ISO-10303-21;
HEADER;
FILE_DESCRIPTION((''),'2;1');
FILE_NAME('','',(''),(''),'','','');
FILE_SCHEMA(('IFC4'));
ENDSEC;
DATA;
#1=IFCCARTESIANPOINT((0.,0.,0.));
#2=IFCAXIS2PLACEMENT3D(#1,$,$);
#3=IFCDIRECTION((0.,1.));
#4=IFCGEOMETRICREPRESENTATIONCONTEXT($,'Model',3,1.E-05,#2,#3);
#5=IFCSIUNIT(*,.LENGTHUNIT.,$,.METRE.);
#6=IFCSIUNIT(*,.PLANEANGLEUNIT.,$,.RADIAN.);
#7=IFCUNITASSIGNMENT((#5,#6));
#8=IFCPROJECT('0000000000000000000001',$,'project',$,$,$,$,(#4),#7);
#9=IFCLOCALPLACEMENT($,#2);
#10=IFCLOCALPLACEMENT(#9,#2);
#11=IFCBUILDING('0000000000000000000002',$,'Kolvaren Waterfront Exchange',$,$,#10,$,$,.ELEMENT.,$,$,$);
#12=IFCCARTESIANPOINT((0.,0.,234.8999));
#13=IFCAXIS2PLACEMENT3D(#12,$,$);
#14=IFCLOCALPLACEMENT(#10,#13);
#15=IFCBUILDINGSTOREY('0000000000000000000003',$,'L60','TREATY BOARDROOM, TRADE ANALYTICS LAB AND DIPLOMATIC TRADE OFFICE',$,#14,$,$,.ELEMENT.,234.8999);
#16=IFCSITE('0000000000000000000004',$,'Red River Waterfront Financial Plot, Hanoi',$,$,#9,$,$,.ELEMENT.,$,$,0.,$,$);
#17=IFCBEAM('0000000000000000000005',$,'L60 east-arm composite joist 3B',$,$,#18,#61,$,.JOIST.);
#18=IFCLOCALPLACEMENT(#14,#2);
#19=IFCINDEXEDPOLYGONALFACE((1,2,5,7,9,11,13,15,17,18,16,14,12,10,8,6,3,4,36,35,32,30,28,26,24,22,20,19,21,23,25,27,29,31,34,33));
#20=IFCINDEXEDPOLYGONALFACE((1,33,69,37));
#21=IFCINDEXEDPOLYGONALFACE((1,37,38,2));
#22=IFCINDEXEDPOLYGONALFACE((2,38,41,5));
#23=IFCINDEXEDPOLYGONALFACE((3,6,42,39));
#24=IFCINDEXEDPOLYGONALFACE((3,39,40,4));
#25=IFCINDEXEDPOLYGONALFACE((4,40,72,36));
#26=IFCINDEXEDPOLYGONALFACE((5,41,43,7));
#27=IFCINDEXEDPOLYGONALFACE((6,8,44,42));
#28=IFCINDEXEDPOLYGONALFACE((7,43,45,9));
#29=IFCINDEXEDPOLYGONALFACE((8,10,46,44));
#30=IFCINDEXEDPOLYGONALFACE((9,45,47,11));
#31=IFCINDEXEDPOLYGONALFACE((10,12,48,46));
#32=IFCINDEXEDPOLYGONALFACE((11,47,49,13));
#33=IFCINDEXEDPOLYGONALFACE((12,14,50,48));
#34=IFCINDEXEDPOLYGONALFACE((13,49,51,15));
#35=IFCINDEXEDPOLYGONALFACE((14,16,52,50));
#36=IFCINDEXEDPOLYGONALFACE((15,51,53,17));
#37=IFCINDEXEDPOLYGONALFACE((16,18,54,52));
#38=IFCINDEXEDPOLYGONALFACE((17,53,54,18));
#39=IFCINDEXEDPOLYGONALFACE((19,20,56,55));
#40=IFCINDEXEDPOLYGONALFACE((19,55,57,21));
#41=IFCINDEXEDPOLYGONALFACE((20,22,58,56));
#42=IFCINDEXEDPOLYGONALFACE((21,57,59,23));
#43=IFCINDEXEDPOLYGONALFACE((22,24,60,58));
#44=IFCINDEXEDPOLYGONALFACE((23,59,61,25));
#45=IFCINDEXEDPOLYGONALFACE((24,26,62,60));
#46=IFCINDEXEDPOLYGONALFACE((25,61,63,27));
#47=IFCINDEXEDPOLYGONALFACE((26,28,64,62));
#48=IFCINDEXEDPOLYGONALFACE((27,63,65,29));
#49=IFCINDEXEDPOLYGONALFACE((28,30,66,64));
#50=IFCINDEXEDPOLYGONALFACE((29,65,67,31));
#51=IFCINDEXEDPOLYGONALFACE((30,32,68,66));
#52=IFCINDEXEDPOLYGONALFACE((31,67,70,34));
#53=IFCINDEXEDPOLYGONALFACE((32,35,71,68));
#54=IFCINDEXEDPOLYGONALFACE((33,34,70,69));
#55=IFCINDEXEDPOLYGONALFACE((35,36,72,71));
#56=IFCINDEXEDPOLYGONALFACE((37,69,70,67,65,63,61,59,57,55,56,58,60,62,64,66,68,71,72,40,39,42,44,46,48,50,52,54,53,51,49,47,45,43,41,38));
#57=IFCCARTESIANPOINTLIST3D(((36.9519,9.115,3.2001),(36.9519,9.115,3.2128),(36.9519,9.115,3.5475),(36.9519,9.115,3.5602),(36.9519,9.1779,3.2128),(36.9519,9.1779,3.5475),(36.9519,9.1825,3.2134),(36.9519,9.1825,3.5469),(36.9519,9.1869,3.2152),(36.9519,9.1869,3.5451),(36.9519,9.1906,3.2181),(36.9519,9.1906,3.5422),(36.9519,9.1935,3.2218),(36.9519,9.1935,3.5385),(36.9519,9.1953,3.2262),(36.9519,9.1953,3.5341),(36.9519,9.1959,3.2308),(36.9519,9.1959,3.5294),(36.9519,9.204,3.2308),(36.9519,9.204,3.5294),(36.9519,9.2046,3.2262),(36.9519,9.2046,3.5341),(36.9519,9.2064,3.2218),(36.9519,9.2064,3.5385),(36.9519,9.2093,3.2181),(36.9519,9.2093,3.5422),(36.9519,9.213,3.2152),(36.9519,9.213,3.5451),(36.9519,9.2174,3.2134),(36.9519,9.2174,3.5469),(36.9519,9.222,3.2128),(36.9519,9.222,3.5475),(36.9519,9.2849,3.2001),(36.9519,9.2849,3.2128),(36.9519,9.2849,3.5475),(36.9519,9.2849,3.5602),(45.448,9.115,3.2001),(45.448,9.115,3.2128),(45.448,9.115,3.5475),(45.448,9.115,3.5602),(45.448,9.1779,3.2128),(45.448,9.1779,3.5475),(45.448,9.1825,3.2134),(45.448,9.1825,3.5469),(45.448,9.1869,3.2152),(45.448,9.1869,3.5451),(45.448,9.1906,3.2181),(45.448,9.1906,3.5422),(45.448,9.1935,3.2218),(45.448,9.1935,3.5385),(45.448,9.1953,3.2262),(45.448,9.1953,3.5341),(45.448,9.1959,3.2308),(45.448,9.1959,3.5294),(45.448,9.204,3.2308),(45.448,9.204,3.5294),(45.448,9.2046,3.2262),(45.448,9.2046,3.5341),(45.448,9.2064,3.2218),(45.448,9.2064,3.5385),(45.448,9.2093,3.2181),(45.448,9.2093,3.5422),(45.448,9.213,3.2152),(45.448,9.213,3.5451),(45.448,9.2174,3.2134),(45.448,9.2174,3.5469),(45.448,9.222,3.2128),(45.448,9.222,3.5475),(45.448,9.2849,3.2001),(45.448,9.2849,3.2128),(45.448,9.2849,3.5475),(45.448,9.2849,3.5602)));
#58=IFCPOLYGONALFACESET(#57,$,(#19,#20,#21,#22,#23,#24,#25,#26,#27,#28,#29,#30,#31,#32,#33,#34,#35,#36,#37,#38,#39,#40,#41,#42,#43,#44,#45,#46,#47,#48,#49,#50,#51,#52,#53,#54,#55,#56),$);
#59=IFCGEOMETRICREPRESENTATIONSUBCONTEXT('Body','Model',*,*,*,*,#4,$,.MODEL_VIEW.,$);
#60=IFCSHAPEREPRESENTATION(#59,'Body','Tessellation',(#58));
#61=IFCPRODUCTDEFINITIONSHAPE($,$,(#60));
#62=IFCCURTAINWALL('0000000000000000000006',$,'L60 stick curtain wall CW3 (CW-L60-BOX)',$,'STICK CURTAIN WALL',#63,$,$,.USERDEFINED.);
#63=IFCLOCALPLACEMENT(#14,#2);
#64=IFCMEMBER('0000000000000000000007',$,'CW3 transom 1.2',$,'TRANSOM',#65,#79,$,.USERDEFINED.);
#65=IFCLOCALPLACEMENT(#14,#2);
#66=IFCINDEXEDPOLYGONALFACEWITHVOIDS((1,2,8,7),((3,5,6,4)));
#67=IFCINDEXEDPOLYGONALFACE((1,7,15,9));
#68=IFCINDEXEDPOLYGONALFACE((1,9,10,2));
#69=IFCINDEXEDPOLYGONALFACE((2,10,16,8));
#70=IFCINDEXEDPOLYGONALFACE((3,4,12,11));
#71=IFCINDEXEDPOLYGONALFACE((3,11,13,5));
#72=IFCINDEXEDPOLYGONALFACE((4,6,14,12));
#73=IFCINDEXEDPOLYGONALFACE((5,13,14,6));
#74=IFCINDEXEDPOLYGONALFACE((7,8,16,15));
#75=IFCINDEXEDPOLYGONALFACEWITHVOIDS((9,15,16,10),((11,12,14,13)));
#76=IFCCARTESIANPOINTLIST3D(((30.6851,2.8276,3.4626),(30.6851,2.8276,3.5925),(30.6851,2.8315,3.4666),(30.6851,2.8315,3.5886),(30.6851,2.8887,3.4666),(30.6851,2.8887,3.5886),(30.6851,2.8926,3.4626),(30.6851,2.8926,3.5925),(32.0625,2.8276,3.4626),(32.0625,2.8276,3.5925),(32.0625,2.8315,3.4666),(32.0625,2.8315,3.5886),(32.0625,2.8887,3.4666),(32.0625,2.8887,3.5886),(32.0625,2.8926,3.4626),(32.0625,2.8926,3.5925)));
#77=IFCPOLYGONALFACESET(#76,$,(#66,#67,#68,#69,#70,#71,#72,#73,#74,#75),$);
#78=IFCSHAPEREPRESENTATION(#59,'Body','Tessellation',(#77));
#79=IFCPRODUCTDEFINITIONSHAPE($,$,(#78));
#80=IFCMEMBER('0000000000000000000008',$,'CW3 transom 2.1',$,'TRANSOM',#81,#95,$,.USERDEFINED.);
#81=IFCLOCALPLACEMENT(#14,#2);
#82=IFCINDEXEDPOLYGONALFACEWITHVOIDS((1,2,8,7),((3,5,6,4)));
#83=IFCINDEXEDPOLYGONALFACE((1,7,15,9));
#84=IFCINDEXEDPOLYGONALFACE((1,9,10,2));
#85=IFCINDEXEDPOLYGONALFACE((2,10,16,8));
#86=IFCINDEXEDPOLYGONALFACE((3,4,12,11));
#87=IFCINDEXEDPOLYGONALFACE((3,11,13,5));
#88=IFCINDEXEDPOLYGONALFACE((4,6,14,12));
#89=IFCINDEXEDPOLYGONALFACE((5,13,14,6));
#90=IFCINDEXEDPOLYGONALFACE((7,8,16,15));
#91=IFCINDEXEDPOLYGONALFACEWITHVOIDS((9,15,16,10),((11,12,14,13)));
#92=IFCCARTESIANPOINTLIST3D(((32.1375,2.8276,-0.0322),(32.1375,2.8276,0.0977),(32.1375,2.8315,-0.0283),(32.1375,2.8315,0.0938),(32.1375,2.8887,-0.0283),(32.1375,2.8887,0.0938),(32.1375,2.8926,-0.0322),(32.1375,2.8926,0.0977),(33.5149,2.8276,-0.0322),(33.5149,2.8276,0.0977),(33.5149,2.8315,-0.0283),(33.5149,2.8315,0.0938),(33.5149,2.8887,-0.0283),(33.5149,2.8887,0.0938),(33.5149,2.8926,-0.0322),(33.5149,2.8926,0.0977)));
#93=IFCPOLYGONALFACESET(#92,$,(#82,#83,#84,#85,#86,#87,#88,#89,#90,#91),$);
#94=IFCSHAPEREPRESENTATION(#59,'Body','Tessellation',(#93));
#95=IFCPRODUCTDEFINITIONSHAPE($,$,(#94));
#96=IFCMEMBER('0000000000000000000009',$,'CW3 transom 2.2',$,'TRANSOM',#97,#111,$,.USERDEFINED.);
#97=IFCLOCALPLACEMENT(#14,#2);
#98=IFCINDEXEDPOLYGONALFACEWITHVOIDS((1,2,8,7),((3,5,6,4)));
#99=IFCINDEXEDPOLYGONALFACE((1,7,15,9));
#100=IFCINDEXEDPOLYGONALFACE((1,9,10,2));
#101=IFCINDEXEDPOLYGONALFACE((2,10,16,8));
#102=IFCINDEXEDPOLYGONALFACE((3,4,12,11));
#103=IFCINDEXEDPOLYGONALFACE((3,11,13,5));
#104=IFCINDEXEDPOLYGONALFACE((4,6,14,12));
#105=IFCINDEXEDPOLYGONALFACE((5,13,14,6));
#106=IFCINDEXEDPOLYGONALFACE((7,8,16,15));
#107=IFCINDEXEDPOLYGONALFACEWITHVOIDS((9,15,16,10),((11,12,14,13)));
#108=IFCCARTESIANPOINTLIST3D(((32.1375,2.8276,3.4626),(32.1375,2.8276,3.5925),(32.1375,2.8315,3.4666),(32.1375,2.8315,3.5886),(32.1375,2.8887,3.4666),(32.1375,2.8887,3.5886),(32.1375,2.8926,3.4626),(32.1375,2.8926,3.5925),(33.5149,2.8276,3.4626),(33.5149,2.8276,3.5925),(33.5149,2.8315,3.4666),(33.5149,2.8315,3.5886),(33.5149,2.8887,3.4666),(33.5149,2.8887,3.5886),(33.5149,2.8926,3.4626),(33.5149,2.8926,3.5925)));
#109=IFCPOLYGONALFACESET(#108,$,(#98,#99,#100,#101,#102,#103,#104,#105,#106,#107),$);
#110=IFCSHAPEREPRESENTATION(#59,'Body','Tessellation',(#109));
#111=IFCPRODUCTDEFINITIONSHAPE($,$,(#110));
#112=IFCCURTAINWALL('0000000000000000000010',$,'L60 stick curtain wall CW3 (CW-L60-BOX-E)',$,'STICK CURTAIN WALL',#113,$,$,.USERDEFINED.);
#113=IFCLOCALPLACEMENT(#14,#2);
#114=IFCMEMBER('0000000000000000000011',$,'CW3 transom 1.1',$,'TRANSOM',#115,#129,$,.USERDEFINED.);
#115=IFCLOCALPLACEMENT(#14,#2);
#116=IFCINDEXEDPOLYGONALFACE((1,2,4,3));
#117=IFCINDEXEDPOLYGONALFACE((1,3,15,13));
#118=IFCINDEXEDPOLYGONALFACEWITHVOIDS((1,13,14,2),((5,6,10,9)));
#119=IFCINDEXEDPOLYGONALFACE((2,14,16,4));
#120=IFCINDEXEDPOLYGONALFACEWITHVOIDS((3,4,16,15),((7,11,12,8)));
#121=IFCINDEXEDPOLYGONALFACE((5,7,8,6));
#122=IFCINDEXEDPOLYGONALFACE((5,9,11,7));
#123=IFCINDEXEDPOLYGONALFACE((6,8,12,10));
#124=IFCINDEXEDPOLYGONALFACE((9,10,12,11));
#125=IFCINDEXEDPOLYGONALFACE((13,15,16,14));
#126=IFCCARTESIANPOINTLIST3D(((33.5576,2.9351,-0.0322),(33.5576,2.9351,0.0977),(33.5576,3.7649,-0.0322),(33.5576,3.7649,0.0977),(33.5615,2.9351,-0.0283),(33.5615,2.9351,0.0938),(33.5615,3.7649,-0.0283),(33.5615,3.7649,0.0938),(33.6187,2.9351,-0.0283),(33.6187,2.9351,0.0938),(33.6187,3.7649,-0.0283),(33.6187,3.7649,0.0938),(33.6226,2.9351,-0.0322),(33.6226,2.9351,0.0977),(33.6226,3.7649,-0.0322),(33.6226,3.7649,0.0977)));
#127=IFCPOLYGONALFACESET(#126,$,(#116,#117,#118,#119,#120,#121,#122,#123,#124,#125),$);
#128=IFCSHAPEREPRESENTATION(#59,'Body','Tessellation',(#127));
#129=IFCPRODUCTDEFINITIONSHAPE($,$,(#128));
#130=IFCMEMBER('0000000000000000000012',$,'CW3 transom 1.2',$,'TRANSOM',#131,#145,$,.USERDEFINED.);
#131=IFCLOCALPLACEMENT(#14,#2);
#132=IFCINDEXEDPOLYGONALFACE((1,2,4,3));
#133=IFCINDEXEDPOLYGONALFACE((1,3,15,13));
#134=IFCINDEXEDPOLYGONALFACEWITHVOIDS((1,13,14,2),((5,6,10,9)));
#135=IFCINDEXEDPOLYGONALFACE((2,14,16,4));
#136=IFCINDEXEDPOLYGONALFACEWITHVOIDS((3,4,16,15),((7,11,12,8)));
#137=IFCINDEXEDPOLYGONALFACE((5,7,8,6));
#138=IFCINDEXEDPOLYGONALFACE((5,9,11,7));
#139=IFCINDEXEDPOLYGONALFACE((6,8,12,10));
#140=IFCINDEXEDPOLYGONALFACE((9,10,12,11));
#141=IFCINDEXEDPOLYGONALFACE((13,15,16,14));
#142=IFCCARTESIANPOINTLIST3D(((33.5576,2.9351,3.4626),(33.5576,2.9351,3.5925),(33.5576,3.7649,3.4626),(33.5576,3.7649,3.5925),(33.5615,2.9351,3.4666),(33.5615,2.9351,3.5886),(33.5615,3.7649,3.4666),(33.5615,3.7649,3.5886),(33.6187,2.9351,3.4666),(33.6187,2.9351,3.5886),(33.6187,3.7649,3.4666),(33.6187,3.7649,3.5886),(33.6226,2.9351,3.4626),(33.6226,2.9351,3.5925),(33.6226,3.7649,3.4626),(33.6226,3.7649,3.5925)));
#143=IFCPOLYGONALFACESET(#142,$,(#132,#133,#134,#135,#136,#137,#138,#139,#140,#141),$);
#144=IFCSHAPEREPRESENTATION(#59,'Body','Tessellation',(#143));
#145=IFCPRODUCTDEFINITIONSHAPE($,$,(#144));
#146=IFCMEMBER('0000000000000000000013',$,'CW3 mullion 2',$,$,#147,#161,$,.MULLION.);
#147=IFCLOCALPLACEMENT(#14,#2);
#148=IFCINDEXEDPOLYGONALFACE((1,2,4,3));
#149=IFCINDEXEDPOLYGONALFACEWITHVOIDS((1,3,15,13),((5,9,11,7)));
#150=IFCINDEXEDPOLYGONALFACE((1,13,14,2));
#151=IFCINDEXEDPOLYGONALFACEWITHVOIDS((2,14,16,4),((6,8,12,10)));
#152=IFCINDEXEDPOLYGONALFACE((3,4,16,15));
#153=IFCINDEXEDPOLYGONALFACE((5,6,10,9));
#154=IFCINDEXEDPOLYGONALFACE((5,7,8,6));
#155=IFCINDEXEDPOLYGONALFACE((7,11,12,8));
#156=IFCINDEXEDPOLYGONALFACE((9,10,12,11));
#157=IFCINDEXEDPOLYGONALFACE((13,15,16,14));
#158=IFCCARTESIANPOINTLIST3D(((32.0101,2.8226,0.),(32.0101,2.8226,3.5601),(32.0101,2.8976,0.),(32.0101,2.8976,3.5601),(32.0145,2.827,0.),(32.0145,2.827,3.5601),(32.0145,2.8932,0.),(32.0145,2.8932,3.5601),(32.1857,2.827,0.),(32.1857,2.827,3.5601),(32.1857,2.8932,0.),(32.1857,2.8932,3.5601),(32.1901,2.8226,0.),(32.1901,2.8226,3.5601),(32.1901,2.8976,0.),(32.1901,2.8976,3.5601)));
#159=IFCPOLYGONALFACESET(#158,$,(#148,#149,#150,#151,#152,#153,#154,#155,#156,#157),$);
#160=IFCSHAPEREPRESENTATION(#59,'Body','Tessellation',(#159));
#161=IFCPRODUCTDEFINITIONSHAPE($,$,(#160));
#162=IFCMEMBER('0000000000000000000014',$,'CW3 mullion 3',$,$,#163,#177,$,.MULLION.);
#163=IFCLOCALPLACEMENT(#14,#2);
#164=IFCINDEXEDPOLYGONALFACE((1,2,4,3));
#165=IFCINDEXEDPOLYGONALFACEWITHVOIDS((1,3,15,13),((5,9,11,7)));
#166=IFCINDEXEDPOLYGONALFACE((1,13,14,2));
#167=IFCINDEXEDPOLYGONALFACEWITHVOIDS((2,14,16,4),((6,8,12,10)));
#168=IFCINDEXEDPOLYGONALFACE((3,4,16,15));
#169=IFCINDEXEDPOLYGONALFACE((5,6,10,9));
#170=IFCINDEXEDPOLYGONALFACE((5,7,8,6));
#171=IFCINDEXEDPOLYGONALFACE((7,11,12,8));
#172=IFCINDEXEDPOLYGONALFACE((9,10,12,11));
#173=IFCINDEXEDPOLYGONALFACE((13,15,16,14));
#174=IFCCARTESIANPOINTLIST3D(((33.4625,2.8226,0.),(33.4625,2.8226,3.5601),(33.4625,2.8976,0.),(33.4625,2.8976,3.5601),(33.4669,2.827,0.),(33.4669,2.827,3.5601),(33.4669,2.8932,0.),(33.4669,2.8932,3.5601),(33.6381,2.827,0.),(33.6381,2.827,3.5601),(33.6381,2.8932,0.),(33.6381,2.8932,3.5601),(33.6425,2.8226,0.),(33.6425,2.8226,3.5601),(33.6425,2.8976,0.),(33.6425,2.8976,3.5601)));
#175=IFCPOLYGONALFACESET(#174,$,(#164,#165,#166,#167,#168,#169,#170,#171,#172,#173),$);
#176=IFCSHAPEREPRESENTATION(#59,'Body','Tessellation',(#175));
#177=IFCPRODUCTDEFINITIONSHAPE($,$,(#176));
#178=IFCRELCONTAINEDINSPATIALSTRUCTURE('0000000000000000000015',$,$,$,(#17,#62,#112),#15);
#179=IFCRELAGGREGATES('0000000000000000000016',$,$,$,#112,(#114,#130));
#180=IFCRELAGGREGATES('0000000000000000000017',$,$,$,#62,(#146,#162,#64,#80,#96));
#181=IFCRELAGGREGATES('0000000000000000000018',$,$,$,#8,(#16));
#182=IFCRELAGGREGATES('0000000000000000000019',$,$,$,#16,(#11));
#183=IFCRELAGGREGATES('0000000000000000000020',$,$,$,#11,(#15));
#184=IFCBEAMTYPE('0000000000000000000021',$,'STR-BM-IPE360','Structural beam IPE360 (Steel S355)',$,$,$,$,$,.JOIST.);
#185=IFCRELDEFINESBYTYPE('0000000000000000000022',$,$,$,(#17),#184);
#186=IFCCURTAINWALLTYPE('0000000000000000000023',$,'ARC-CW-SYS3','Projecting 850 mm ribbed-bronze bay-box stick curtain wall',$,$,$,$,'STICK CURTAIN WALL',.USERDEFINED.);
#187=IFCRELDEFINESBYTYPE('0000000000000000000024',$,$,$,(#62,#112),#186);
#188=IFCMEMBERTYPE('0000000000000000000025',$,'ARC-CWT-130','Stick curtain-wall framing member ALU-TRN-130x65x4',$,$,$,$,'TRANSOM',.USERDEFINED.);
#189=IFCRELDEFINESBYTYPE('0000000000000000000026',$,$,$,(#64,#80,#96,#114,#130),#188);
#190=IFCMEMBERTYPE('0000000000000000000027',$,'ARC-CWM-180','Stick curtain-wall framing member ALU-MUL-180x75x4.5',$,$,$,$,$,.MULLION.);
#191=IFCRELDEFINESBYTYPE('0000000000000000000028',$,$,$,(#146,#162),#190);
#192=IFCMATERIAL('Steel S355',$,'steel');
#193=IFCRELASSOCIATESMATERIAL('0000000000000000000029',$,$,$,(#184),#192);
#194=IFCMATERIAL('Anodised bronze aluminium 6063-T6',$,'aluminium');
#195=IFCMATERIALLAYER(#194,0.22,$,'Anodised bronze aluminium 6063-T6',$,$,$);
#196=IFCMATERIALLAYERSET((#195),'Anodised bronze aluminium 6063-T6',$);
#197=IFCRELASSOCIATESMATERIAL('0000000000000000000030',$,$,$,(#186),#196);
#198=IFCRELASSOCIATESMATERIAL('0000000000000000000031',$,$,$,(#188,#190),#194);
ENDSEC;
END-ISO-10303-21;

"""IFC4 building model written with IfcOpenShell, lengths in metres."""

from ifc_helpers import new_model, si_unit, direction, frame, origin, origin_with_axes, origin_2d, place, context, subcontext, project, spatial, hollow_rectangle, i_section, extrude, source, transform, mapped, material, layer, layer_set, material_profile, profile_set, type_object, element, aggregate, save


model = new_model("IFC4")

# Units and contexts
model_context = context("Model", 3, precision=1e-05, world=origin(), true_north=direction((0.0, 1.0)))
body_context = subcontext(model_context, "Body", "Model", "MODEL_VIEW")
ifc_project = project(units=[si_unit("LENGTHUNIT", "METRE"), si_unit("PLANEANGLEUNIT", "RADIAN")], contexts=[model_context])

# Site, building, storey
site_placement = place(None, origin())
site = spatial("IfcSite", under=ifc_project, at=site_placement, Name="Red River Waterfront Financial Plot, Hanoi", CompositionType="ELEMENT", RefElevation=0.0)
building_placement = place(site_placement, origin())
building = spatial("IfcBuilding", under=site, at=building_placement, Name="Kolvaren Waterfront Exchange", CompositionType="ELEMENT")
storey_placement = place(building_placement, frame((0.0, 0.0, 234.8999)))
storey = spatial("IfcBuildingStorey", under=building, at=storey_placement, Name="L60", Description="TREATY BOARDROOM, TRADE ANALYTICS LAB AND DIPLOMATIC TRADE OFFICE", CompositionType="ELEMENT", Elevation=234.8999)

# Beam
ifc_material_1 = material(Name="Steel S355", Category="steel")
ifc_material_profile_1 = material_profile(ifc_material_1, i_section(OverallWidth=0.1699, OverallDepth=0.3601, WebThickness=0.0081, FlangeThickness=0.0127, FilletRadius=0.0181, at=origin_2d()), Name="IPE360")
ifc_profile_set_1 = profile_set([ifc_material_profile_1], Name="Steel S355")
beam_type_1 = type_object("IfcBeamType", Name="STR-BM-IPE360", Description="Structural beam IPE360 (Steel S355)", PredefinedType="JOIST", material=ifc_profile_set_1)
beam_1_placement = place(storey_placement, frame((36.9519, 9.2, 3.3801), z_axis=(1.0, 0.0, 0.0), x_axis=(0.0, 1.0, 0.0)))
element("IfcBeam", 1, at=beam_1_placement, inside=storey, type_object=beam_type_1, Name="L60 east-arm composite joist 3B", PredefinedType="JOIST", context=body_context, shape_type="SweptSolid", body=[
    extrude(i_section(OverallWidth=0.1699, OverallDepth=0.3601, WebThickness=0.0081, FlangeThickness=0.0127, FilletRadius=0.0181, at=origin_2d()), origin(), (0.0, 0.0, 1.0), 8.4961),
])

# Curtain walls, members
ifc_material_2 = material(Name="Anodised bronze aluminium 6063-T6", Category="aluminium")
ifc_layer_1 = layer(ifc_material_2, 0.22, Name="Anodised bronze aluminium 6063-T6")
ifc_layer_set_1 = layer_set([ifc_layer_1], Name="Anodised bronze aluminium 6063-T6")
curtain_wall_type_1 = type_object("IfcCurtainWallType", Name="ARC-CW-SYS3", Description="Projecting 850 mm ribbed-bronze bay-box stick curtain wall", ElementType="STICK CURTAIN WALL", PredefinedType="USERDEFINED", material=ifc_layer_set_1)
curtain_wall_1_placement = place(storey_placement, origin())
curtain_wall_1 = element("IfcCurtainWall", 2, at=curtain_wall_1_placement, inside=storey, type_object=curtain_wall_type_1, Name="L60 stick curtain wall CW3 (CW-L60-BOX)", ObjectType="STICK CURTAIN WALL", PredefinedType="USERDEFINED")
ifc_material_profile_2 = material_profile(ifc_material_2, hollow_rectangle(XDim=0.0649, YDim=0.1299, WallThickness=0.0039, at=origin_2d()), Name="ALU-TRN-130x65x4")
ifc_profile_set_2 = profile_set([ifc_material_profile_2], Name="Anodised bronze aluminium 6063-T6")
member_type_1 = type_object("IfcMemberType", Name="ARC-CWT-130", Description="Stick curtain-wall framing member ALU-TRN-130x65x4", ElementType="TRANSOM", PredefinedType="USERDEFINED", material=ifc_profile_set_2)
shared_shape_1 = source(origin_with_axes(), body_context, "Body", "SweptSolid", [
    extrude(hollow_rectangle(XDim=0.0649, YDim=0.1299, WallThickness=0.0039, at=origin_2d()), origin(), (0.0, 0.0, 1.0), 1.3774),
])
member_1_placement = place(storey_placement, frame((30.6851, 2.8601, 3.5276), z_axis=(1.0, 0.0, 0.0), x_axis=(0.0, 1.0, 0.0)))
member_1 = element("IfcMember", 3, at=member_1_placement, type_object=member_type_1, Name="CW3 transom 1.2", ObjectType="TRANSOM", PredefinedType="USERDEFINED", context=body_context, shape_type="MappedRepresentation", body=[
    mapped(shared_shape_1, transform((0.0, 0.0, 0.0), x_axis=(1.0, 0.0, 0.0), y_axis=(0.0, 1.0, 0.0), z_axis=(0.0, 0.0, 1.0), scale=1.0)),
])
member_2_placement = place(storey_placement, frame((32.1375, 2.8601, 0.0327), z_axis=(1.0, 0.0, 0.0), x_axis=(0.0, 1.0, 0.0)))
member_2 = element("IfcMember", 4, at=member_2_placement, type_object=member_type_1, Name="CW3 transom 2.1", ObjectType="TRANSOM", PredefinedType="USERDEFINED", context=body_context, shape_type="MappedRepresentation", body=[
    mapped(shared_shape_1, transform((0.0, 0.0, 0.0), x_axis=(1.0, 0.0, 0.0), y_axis=(0.0, 1.0, 0.0), z_axis=(0.0, 0.0, 1.0), scale=1.0)),
])
member_3_placement = place(storey_placement, frame((32.1375, 2.8601, 3.5276), z_axis=(1.0, 0.0, 0.0), x_axis=(0.0, 1.0, 0.0)))
member_3 = element("IfcMember", 5, at=member_3_placement, type_object=member_type_1, Name="CW3 transom 2.2", ObjectType="TRANSOM", PredefinedType="USERDEFINED", context=body_context, shape_type="MappedRepresentation", body=[
    mapped(shared_shape_1, transform((0.0, 0.0, 0.0), x_axis=(1.0, 0.0, 0.0), y_axis=(0.0, 1.0, 0.0), z_axis=(0.0, 0.0, 1.0), scale=1.0)),
])
curtain_wall_2_placement = place(storey_placement, origin())
curtain_wall_2 = element("IfcCurtainWall", 6, at=curtain_wall_2_placement, inside=storey, type_object=curtain_wall_type_1, Name="L60 stick curtain wall CW3 (CW-L60-BOX-E)", ObjectType="STICK CURTAIN WALL", PredefinedType="USERDEFINED")
shared_shape_2 = source(origin_with_axes(), body_context, "Body", "SweptSolid", [
    extrude(hollow_rectangle(XDim=0.0649, YDim=0.1299, WallThickness=0.0039, at=origin_2d()), origin(), (0.0, 0.0, 1.0), 0.8298),
])
member_4_placement = place(storey_placement, frame((33.5901, 2.9351, 0.0327), z_axis=(0.0, 1.0, 0.0), x_axis=(-1.0, 0.0, 0.0)))
member_4 = element("IfcMember", 7, at=member_4_placement, type_object=member_type_1, Name="CW3 transom 1.1", ObjectType="TRANSOM", PredefinedType="USERDEFINED", context=body_context, shape_type="MappedRepresentation", body=[
    mapped(shared_shape_2, transform((0.0, 0.0, 0.0), x_axis=(1.0, 0.0, 0.0), y_axis=(0.0, 1.0, 0.0), z_axis=(0.0, 0.0, 1.0), scale=1.0)),
])
member_5_placement = place(storey_placement, frame((33.5901, 2.9351, 3.5276), z_axis=(0.0, 1.0, 0.0), x_axis=(-1.0, 0.0, 0.0)))
member_5 = element("IfcMember", 8, at=member_5_placement, type_object=member_type_1, Name="CW3 transom 1.2", ObjectType="TRANSOM", PredefinedType="USERDEFINED", context=body_context, shape_type="MappedRepresentation", body=[
    mapped(shared_shape_2, transform((0.0, 0.0, 0.0), x_axis=(1.0, 0.0, 0.0), y_axis=(0.0, 1.0, 0.0), z_axis=(0.0, 0.0, 1.0), scale=1.0)),
])

# Members
ifc_material_profile_3 = material_profile(ifc_material_2, hollow_rectangle(XDim=0.075, YDim=0.1799, WallThickness=0.0044, at=origin_2d()), Name="ALU-MUL-180x75x4.5")
ifc_profile_set_3 = profile_set([ifc_material_profile_3], Name="Anodised bronze aluminium 6063-T6")
member_type_2 = type_object("IfcMemberType", Name="ARC-CWM-180", Description="Stick curtain-wall framing member ALU-MUL-180x75x4.5", PredefinedType="MULLION", material=ifc_profile_set_3)
shared_shape_3 = source(origin_with_axes(), body_context, "Body", "SweptSolid", [
    extrude(hollow_rectangle(XDim=0.075, YDim=0.1799, WallThickness=0.0044, at=origin_2d()), origin(), (0.0, 0.0, 1.0), 3.5601),
])
member_6_placement = place(storey_placement, frame((32.1001, 2.8601, 0.0), z_axis=(0.0, 0.0, 1.0), x_axis=(0.0, 1.0, 0.0)))
member_6 = element("IfcMember", 9, at=member_6_placement, type_object=member_type_2, Name="CW3 mullion 2", PredefinedType="MULLION", context=body_context, shape_type="MappedRepresentation", body=[
    mapped(shared_shape_3, transform((0.0, 0.0, 0.0), x_axis=(1.0, 0.0, 0.0), y_axis=(0.0, 1.0, 0.0), z_axis=(0.0, 0.0, 1.0), scale=1.0)),
])
member_7_placement = place(storey_placement, frame((33.5525, 2.8601, 0.0), z_axis=(0.0, 0.0, 1.0), x_axis=(0.0, 1.0, 0.0)))
member_7 = element("IfcMember", 10, at=member_7_placement, type_object=member_type_2, Name="CW3 mullion 3", PredefinedType="MULLION", context=body_context, shape_type="MappedRepresentation", body=[
    mapped(shared_shape_3, transform((0.0, 0.0, 0.0), x_axis=(1.0, 0.0, 0.0), y_axis=(0.0, 1.0, 0.0), z_axis=(0.0, 0.0, 1.0), scale=1.0)),
])

aggregate(curtain_wall_2, [member_4, member_5])
aggregate(curtain_wall_1, [member_6, member_7, member_1, member_2, member_3])

save(model, "model.ifc")
